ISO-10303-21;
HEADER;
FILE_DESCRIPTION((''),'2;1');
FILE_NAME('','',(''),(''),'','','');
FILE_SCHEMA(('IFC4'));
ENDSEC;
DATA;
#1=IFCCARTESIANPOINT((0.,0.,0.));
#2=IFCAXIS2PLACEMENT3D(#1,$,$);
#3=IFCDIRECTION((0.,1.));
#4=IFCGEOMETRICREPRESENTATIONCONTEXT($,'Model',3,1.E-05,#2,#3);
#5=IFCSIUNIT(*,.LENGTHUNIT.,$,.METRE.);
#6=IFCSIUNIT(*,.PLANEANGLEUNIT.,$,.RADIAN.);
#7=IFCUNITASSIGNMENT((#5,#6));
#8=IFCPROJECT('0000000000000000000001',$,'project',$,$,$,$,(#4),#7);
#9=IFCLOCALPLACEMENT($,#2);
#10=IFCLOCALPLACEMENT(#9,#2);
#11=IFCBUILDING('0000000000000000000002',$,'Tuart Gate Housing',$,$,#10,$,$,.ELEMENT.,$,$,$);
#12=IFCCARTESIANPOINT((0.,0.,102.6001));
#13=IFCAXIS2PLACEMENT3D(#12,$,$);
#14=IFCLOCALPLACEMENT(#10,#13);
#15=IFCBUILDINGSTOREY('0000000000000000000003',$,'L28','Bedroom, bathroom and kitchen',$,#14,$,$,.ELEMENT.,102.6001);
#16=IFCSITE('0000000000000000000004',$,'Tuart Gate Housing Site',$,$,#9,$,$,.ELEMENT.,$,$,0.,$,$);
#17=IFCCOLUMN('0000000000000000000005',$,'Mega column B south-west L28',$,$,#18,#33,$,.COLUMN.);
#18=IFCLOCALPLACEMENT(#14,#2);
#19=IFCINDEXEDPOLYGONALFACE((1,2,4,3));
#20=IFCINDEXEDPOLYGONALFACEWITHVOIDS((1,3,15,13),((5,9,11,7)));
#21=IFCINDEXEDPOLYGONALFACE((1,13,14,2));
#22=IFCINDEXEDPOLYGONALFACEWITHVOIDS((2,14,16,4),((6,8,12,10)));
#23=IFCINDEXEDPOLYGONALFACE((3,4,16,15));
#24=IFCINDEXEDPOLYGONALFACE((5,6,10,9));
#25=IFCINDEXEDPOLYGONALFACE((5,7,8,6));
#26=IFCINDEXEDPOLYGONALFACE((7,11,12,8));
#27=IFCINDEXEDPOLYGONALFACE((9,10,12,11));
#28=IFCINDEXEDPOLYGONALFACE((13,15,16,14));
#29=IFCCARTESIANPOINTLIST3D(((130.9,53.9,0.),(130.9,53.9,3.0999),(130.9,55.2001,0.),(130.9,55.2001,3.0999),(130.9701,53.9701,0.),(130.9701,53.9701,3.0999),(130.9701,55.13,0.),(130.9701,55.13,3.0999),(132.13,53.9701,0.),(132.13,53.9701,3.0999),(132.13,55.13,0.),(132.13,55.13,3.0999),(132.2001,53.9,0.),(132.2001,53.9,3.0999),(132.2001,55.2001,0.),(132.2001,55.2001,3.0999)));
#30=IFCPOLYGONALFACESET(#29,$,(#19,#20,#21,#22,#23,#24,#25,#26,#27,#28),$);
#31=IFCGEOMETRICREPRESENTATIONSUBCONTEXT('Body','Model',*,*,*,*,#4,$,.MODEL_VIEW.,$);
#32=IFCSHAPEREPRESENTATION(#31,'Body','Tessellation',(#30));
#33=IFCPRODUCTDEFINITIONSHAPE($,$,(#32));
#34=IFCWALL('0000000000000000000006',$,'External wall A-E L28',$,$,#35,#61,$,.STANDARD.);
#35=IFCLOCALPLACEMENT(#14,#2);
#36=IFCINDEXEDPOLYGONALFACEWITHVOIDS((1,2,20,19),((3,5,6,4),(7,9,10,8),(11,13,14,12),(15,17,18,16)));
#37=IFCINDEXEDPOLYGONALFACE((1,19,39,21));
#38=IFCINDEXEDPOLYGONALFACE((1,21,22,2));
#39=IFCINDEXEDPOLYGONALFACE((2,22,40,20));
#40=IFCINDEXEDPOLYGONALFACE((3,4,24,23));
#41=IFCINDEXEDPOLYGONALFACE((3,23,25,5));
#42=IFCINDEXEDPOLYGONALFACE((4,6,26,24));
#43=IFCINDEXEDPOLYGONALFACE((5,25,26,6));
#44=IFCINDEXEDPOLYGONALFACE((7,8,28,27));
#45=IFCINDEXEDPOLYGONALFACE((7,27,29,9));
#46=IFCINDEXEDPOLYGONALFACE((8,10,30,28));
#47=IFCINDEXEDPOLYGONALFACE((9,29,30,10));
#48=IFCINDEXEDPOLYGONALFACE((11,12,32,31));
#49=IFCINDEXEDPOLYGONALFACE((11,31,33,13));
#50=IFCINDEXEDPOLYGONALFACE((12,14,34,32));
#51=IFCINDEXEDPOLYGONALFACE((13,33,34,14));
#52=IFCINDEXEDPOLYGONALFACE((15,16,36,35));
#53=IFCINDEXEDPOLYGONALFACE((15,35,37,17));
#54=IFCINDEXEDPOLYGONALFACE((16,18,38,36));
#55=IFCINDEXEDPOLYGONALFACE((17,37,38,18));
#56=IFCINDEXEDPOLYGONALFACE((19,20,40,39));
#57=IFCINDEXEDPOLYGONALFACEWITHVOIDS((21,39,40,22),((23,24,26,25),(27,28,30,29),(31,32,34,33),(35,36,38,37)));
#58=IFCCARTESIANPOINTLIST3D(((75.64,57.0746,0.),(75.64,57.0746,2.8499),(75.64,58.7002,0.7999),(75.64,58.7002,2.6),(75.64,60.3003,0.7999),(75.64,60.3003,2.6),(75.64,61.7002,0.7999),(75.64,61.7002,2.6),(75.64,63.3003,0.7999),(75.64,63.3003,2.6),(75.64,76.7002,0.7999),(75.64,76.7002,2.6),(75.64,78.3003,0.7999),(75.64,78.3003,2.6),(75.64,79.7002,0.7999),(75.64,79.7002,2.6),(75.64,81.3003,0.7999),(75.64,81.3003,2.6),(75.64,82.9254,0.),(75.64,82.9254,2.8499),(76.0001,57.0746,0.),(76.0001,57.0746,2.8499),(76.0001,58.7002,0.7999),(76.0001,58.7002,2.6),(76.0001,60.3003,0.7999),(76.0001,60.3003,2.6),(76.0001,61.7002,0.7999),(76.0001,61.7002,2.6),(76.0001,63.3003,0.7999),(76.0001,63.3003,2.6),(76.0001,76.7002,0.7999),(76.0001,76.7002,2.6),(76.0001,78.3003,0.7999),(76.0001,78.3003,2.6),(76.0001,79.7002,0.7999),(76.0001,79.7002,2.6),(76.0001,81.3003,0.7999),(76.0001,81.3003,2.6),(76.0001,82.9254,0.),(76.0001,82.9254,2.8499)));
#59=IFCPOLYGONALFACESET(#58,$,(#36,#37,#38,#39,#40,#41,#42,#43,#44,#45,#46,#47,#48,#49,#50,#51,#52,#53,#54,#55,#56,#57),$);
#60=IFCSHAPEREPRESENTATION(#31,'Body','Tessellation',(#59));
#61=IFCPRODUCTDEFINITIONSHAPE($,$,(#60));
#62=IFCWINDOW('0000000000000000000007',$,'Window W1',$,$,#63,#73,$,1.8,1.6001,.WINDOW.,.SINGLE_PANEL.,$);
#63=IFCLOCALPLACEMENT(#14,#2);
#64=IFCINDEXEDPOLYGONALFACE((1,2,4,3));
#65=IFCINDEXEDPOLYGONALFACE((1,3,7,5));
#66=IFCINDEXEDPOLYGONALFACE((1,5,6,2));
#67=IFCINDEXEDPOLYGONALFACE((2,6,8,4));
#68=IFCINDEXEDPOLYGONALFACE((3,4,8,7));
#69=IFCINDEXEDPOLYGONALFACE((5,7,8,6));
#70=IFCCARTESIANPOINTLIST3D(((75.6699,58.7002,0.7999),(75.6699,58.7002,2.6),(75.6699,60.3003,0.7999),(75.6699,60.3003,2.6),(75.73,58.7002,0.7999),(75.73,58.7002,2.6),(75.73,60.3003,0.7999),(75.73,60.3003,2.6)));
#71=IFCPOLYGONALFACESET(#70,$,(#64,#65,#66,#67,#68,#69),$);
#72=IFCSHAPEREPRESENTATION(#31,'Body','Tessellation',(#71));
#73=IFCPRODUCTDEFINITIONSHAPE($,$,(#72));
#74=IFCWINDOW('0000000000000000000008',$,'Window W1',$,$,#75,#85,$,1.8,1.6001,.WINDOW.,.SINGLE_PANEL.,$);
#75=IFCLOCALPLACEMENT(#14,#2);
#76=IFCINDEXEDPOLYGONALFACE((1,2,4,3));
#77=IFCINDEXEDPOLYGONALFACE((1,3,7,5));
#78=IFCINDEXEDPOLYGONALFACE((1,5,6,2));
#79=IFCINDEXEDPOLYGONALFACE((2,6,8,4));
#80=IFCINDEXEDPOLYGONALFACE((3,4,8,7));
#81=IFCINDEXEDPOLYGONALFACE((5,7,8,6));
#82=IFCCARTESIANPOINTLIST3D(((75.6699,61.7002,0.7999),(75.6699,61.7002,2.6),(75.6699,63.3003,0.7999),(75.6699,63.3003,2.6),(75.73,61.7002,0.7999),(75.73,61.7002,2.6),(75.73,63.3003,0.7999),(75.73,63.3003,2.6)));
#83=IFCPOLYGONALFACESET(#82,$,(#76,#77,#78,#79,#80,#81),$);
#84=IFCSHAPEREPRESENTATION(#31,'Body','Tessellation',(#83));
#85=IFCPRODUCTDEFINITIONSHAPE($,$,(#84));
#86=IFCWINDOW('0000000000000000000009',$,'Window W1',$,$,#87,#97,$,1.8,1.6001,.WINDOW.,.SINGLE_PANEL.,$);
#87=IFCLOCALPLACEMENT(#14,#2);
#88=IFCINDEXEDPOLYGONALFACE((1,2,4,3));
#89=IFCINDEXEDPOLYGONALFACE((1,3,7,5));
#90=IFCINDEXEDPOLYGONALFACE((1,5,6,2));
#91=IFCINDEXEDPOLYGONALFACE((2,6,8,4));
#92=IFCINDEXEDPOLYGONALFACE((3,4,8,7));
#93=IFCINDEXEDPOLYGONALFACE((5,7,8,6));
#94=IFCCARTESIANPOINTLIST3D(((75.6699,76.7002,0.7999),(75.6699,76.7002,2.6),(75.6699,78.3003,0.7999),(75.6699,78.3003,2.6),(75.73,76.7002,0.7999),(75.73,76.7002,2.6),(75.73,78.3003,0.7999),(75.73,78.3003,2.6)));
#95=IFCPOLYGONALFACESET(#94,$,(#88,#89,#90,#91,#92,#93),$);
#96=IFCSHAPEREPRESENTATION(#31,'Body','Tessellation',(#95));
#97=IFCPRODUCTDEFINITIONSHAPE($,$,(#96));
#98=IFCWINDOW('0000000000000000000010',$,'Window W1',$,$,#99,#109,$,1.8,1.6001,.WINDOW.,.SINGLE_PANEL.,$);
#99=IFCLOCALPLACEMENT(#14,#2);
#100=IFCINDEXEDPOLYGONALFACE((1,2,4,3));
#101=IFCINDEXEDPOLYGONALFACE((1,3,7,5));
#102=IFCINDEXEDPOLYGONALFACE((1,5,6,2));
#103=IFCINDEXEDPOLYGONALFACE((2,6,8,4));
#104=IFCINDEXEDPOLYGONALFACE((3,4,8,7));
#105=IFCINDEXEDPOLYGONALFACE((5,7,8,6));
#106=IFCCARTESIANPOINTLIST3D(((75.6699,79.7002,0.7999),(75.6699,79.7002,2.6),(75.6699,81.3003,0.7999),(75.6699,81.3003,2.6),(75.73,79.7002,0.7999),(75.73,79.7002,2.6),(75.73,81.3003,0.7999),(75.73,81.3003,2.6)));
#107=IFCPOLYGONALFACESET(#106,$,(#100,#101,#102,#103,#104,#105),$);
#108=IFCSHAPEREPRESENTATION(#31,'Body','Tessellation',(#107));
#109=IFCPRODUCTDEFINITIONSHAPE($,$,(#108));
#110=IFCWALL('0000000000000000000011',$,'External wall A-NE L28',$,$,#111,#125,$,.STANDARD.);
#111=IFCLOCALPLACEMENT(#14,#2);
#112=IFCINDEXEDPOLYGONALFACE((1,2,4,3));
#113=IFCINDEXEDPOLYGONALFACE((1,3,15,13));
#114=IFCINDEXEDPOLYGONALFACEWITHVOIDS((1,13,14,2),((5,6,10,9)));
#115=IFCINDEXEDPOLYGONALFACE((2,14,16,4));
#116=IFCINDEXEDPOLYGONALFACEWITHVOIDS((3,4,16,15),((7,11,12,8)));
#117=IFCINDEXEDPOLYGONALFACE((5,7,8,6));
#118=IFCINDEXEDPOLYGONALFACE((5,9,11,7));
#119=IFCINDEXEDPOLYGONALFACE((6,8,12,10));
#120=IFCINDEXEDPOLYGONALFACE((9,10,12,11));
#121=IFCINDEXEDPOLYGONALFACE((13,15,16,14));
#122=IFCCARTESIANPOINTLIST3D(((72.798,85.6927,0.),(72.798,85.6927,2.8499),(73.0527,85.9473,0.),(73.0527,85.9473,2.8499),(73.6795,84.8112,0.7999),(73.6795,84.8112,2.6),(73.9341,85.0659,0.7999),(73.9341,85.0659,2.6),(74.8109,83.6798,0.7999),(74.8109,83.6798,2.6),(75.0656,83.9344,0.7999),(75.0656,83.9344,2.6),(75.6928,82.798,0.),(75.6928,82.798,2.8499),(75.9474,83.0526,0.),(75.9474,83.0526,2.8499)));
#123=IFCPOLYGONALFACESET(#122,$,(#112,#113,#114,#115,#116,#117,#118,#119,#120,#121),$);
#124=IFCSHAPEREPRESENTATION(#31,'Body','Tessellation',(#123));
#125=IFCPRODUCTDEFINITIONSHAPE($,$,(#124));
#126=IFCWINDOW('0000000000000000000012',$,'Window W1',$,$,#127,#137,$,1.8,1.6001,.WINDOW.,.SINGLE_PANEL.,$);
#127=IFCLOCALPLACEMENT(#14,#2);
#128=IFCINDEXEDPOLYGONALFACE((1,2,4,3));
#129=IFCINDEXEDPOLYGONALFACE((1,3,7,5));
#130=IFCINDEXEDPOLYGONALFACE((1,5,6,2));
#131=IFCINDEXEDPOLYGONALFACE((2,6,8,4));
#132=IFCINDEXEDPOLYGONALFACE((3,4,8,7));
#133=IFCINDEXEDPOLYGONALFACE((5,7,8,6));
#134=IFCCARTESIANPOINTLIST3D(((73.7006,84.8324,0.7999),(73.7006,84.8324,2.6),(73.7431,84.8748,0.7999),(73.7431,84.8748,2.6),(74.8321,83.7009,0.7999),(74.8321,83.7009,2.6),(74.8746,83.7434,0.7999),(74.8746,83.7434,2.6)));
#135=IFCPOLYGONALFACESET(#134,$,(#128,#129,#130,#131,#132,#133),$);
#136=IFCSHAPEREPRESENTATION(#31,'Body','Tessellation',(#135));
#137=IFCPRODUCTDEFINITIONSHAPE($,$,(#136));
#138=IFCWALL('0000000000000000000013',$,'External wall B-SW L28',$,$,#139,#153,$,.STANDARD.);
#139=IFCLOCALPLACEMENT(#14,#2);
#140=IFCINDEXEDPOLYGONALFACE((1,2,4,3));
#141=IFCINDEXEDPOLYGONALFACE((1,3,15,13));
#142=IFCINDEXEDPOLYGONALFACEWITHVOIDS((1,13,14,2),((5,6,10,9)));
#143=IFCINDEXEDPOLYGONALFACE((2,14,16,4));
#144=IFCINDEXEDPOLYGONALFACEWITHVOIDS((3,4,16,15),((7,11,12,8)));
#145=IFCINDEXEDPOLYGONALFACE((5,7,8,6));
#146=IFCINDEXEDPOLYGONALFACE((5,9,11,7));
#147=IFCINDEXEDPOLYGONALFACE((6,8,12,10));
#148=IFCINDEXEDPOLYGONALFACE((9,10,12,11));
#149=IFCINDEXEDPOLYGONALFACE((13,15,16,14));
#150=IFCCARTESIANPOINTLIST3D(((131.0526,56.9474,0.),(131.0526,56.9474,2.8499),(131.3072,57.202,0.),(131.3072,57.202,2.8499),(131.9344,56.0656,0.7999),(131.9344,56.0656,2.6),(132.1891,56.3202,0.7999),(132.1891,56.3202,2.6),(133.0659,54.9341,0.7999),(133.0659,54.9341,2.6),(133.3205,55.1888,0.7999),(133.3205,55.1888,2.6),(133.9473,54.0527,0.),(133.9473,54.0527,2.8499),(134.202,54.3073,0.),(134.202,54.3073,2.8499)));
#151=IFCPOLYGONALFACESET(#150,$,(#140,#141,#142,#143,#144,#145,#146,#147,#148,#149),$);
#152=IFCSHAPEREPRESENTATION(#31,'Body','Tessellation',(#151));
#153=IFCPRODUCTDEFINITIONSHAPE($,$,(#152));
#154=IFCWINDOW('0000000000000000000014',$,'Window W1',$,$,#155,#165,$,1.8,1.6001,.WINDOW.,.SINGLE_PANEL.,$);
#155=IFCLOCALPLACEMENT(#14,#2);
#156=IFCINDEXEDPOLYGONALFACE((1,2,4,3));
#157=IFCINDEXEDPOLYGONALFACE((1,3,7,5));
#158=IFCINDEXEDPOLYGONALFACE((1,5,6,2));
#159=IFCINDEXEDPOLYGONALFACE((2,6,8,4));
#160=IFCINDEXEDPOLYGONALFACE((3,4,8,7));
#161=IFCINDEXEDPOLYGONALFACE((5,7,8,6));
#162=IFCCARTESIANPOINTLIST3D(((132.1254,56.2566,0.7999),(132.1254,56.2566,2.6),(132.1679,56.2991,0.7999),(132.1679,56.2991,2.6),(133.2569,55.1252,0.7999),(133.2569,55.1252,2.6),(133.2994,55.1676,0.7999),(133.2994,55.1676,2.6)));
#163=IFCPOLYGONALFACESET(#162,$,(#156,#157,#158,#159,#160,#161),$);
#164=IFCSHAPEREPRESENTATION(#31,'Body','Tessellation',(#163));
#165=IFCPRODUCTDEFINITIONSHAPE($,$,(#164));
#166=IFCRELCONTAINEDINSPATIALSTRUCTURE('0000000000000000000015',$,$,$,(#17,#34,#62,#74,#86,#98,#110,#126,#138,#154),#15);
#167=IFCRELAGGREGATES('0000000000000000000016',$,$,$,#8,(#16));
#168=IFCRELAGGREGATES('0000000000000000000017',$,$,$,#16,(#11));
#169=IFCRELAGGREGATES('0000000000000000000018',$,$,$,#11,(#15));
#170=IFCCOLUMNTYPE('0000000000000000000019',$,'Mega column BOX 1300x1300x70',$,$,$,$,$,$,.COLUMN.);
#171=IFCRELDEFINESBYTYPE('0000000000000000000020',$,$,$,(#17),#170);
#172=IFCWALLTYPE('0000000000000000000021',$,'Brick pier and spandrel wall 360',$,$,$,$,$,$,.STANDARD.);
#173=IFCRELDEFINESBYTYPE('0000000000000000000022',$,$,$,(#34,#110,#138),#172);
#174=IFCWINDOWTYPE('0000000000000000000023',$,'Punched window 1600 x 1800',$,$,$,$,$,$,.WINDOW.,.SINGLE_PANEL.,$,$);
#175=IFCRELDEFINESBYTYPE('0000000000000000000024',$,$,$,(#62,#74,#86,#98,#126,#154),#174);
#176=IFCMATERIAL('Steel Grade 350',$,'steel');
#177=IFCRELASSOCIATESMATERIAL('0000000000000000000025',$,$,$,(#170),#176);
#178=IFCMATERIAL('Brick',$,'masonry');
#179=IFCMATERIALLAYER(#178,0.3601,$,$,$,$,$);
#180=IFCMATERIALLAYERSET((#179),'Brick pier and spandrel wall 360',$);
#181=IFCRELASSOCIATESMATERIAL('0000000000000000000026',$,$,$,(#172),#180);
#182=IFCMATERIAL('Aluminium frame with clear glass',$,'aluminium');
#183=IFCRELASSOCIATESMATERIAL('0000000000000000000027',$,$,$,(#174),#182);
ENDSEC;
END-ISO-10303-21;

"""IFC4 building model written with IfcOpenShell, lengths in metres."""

from ifc_helpers import new_model, si_unit, direction, frame, frame_2d, origin, origin_2d, place, context, subcontext, project, spatial, rectangle, hollow_rectangle, extrude, material, layer, layer_set, material_profile, profile_set, type_object, element, fill, save


model = new_model("IFC4")

# Units and contexts
model_context = context("Model", 3, precision=1e-05, world=origin(), true_north=direction((0.0, 1.0)))
body_context = subcontext(model_context, "Body", "Model", "MODEL_VIEW")
ifc_project = project(units=[si_unit("LENGTHUNIT", "METRE"), si_unit("PLANEANGLEUNIT", "RADIAN")], contexts=[model_context])

# Site, building, storey
site_placement = place(None, origin())
site = spatial("IfcSite", under=ifc_project, at=site_placement, Name="Tuart Gate Housing Site", CompositionType="ELEMENT", RefElevation=0.0)
building_placement = place(site_placement, origin())
building = spatial("IfcBuilding", under=site, at=building_placement, Name="Tuart Gate Housing", CompositionType="ELEMENT")
storey_placement = place(building_placement, frame((0.0, 0.0, 102.6001)))
storey = spatial("IfcBuildingStorey", under=building, at=storey_placement, Name="L28", Description="Bedroom, bathroom and kitchen", CompositionType="ELEMENT", Elevation=102.6001)

# Column
ifc_material_1 = material(Name="Steel Grade 350", Category="steel")
ifc_material_profile = material_profile(ifc_material_1, hollow_rectangle(XDim=1.3, YDim=1.3, WallThickness=0.0701, at=origin_2d()), Name="BOX 1300x1300x70")
ifc_profile_set = profile_set([ifc_material_profile], Name="Steel Grade 350")
column_type = type_object("IfcColumnType", Name="Mega column BOX 1300x1300x70", PredefinedType="COLUMN", material=ifc_profile_set)
column_placement = place(storey_placement, frame((131.55, 54.55, 0.0), z_axis=(0.0, 0.0, 1.0), x_axis=(1.0, 0.0, 0.0)))
element("IfcColumn", 1, at=column_placement, inside=storey, type_object=column_type, Name="Mega column B south-west L28", PredefinedType="COLUMN", context=body_context, shape_type="SweptSolid", body=[
    extrude(hollow_rectangle(XDim=1.3, YDim=1.3, WallThickness=0.0701, at=origin_2d()), origin(), (0.0, 0.0, 1.0), 3.0999),
])

# Wall, openings, windows
ifc_material_2 = material(Name="Brick", Category="masonry")
ifc_layer_1 = layer(ifc_material_2, 0.3601)
ifc_layer_set_1 = layer_set([ifc_layer_1], Name="Brick pier and spandrel wall 360")
wall_type_1 = type_object("IfcWallType", Name="Brick pier and spandrel wall 360", PredefinedType="STANDARD", material=ifc_layer_set_1)
wall_1_placement = place(storey_placement, frame((75.8201, 57.0747, 0.0), z_axis=(0.0, 0.0, 1.0), x_axis=(0.0, 1.0, 0.0)))
wall_1 = element("IfcWall", 2, at=wall_1_placement, inside=storey, type_object=wall_type_1, Name="External wall A-E L28", PredefinedType="STANDARD", context=body_context, shape_type="SweptSolid", body=[
    extrude(rectangle(XDim=25.8508, YDim=0.3601, at=frame_2d((12.9253, 0.0))), origin(), (0.0, 0.0, 1.0), 2.8499),
])
opening_1_placement = place(wall_1_placement, frame((1.6255, 0.0, 0.8)))
opening_1 = element("IfcOpeningElement", 3, at=opening_1_placement, cuts=wall_1, PredefinedType="OPENING", context=body_context, shape_type="SweptSolid", body=[
    extrude(rectangle(XDim=1.6001, YDim=1.8, at=frame_2d((0.8, 0.8999))), frame((0.0, 0.1899, 0.0), z_axis=(0.0, -1.0, 0.0), x_axis=(1.0, 0.0, 0.0)), (0.0, 0.0, 1.0), 0.3801),
])
opening_2_placement = place(wall_1_placement, frame((4.6255, 0.0, 0.8)))
opening_2 = element("IfcOpeningElement", 4, at=opening_2_placement, cuts=wall_1, PredefinedType="OPENING", context=body_context, shape_type="SweptSolid", body=[
    extrude(rectangle(XDim=1.6001, YDim=1.8, at=frame_2d((0.8, 0.8999))), frame((0.0, 0.1899, 0.0), z_axis=(0.0, -1.0, 0.0), x_axis=(1.0, 0.0, 0.0)), (0.0, 0.0, 1.0), 0.3801),
])
opening_3_placement = place(wall_1_placement, frame((19.6255, 0.0, 0.8)))
opening_3 = element("IfcOpeningElement", 5, at=opening_3_placement, cuts=wall_1, PredefinedType="OPENING", context=body_context, shape_type="SweptSolid", body=[
    extrude(rectangle(XDim=1.6001, YDim=1.8, at=frame_2d((0.8, 0.8999))), frame((0.0, 0.1899, 0.0), z_axis=(0.0, -1.0, 0.0), x_axis=(1.0, 0.0, 0.0)), (0.0, 0.0, 1.0), 0.3801),
])
opening_4_placement = place(wall_1_placement, frame((22.6255, 0.0, 0.8)))
opening_4 = element("IfcOpeningElement", 6, at=opening_4_placement, cuts=wall_1, PredefinedType="OPENING", context=body_context, shape_type="SweptSolid", body=[
    extrude(rectangle(XDim=1.6001, YDim=1.8, at=frame_2d((0.8, 0.8999))), frame((0.0, 0.1899, 0.0), z_axis=(0.0, -1.0, 0.0), x_axis=(1.0, 0.0, 0.0)), (0.0, 0.0, 1.0), 0.3801),
])
ifc_material_3 = material(Name="Aluminium frame with clear glass", Category="aluminium")
window_type = type_object("IfcWindowType", Name="Punched window 1600 x 1800", PartitioningType="SINGLE_PANEL", PredefinedType="WINDOW", material=ifc_material_3)
window_1_placement = place(opening_1_placement, origin())
window_1 = element("IfcWindow", 7, at=window_1_placement, inside=storey, type_object=window_type, Name="Window W1", OverallHeight=1.8, OverallWidth=1.6001, PartitioningType="SINGLE_PANEL", PredefinedType="WINDOW", context=body_context, shape_type="SweptSolid", body=[
    extrude(rectangle(XDim=1.6001, YDim=1.8, at=frame_2d((0.8, 0.8999))), frame((0.0, 0.1501, 0.0), z_axis=(0.0, -1.0, 0.0), x_axis=(1.0, 0.0, 0.0)), (0.0, 0.0, 1.0), 0.0601),
])
fill(opening_1, window_1)
window_2_placement = place(opening_2_placement, origin())
window_2 = element("IfcWindow", 8, at=window_2_placement, inside=storey, type_object=window_type, Name="Window W1", OverallHeight=1.8, OverallWidth=1.6001, PartitioningType="SINGLE_PANEL", PredefinedType="WINDOW", context=body_context, shape_type="SweptSolid", body=[
    extrude(rectangle(XDim=1.6001, YDim=1.8, at=frame_2d((0.8, 0.8999))), frame((0.0, 0.1501, 0.0), z_axis=(0.0, -1.0, 0.0), x_axis=(1.0, 0.0, 0.0)), (0.0, 0.0, 1.0), 0.0601),
])
fill(opening_2, window_2)
window_3_placement = place(opening_3_placement, origin())
window_3 = element("IfcWindow", 9, at=window_3_placement, inside=storey, type_object=window_type, Name="Window W1", OverallHeight=1.8, OverallWidth=1.6001, PartitioningType="SINGLE_PANEL", PredefinedType="WINDOW", context=body_context, shape_type="SweptSolid", body=[
    extrude(rectangle(XDim=1.6001, YDim=1.8, at=frame_2d((0.8, 0.8999))), frame((0.0, 0.1501, 0.0), z_axis=(0.0, -1.0, 0.0), x_axis=(1.0, 0.0, 0.0)), (0.0, 0.0, 1.0), 0.0601),
])
fill(opening_3, window_3)
window_4_placement = place(opening_4_placement, origin())
window_4 = element("IfcWindow", 10, at=window_4_placement, inside=storey, type_object=window_type, Name="Window W1", OverallHeight=1.8, OverallWidth=1.6001, PartitioningType="SINGLE_PANEL", PredefinedType="WINDOW", context=body_context, shape_type="SweptSolid", body=[
    extrude(rectangle(XDim=1.6001, YDim=1.8, at=frame_2d((0.8, 0.8999))), frame((0.0, 0.1501, 0.0), z_axis=(0.0, -1.0, 0.0), x_axis=(1.0, 0.0, 0.0)), (0.0, 0.0, 1.0), 0.0601),
])
fill(opening_4, window_4)

# Walls, openings, windows
wall_2_placement = place(storey_placement, frame((75.8201, 82.9253, 0.0), z_axis=(0.0, 0.0, 1.0), x_axis=(-0.707107, 0.707107, 0.0)))
wall_2 = element("IfcWall", 11, at=wall_2_placement, inside=storey, type_object=wall_type_1, Name="External wall A-NE L28", PredefinedType="STANDARD", context=body_context, shape_type="SweptSolid", body=[
    extrude(rectangle(XDim=4.0938, YDim=0.3601, at=frame_2d((2.0469, 0.0))), origin(), (0.0, 0.0, 1.0), 2.8499),
])
opening_5_placement = place(wall_2_placement, frame((1.2471, 0.0, 0.8)))
opening_5 = element("IfcOpeningElement", 12, at=opening_5_placement, cuts=wall_2, PredefinedType="OPENING", context=body_context, shape_type="SweptSolid", body=[
    extrude(rectangle(XDim=1.6001, YDim=1.8, at=frame_2d((0.8, 0.8999))), frame((0.0, 0.1899, 0.0), z_axis=(0.0, -1.0, 0.0), x_axis=(1.0, 0.0, 0.0)), (0.0, 0.0, 1.0), 0.3801),
])
window_5_placement = place(opening_5_placement, origin())
window_5 = element("IfcWindow", 13, at=window_5_placement, inside=storey, type_object=window_type, Name="Window W1", OverallHeight=1.8, OverallWidth=1.6001, PartitioningType="SINGLE_PANEL", PredefinedType="WINDOW", context=body_context, shape_type="SweptSolid", body=[
    extrude(rectangle(XDim=1.6001, YDim=1.8, at=frame_2d((0.8, 0.8999))), frame((0.0, 0.1501, 0.0), z_axis=(0.0, -1.0, 0.0), x_axis=(1.0, 0.0, 0.0)), (0.0, 0.0, 1.0), 0.0601),
])
fill(opening_5, window_5)
wall_3_placement = place(storey_placement, frame((131.1799, 57.0747, 0.0), z_axis=(0.0, 0.0, 1.0), x_axis=(0.707107, -0.707107, 0.0)))
wall_3 = element("IfcWall", 14, at=wall_3_placement, inside=storey, type_object=wall_type_1, Name="External wall B-SW L28", PredefinedType="STANDARD", context=body_context, shape_type="SweptSolid", body=[
    extrude(rectangle(XDim=4.0938, YDim=0.3601, at=frame_2d((2.0469, 0.0))), origin(), (0.0, 0.0, 1.0), 2.8499),
])
opening_6_placement = place(wall_3_placement, frame((1.2471, 0.0, 0.8)))
opening_6 = element("IfcOpeningElement", 15, at=opening_6_placement, cuts=wall_3, PredefinedType="OPENING", context=body_context, shape_type="SweptSolid", body=[
    extrude(rectangle(XDim=1.6001, YDim=1.8, at=frame_2d((0.8, 0.8999))), frame((0.0, 0.1899, 0.0), z_axis=(0.0, -1.0, 0.0), x_axis=(1.0, 0.0, 0.0)), (0.0, 0.0, 1.0), 0.3801),
])
window_6_placement = place(opening_6_placement, origin())
window_6 = element("IfcWindow", 16, at=window_6_placement, inside=storey, type_object=window_type, Name="Window W1", OverallHeight=1.8, OverallWidth=1.6001, PartitioningType="SINGLE_PANEL", PredefinedType="WINDOW", context=body_context, shape_type="SweptSolid", body=[
    extrude(rectangle(XDim=1.6001, YDim=1.8, at=frame_2d((0.8, 0.8999))), frame((0.0, 0.1501, 0.0), z_axis=(0.0, -1.0, 0.0), x_axis=(1.0, 0.0, 0.0)), (0.0, 0.0, 1.0), 0.0601),
])
fill(opening_6, window_6)

save(model, "model.ifc")
